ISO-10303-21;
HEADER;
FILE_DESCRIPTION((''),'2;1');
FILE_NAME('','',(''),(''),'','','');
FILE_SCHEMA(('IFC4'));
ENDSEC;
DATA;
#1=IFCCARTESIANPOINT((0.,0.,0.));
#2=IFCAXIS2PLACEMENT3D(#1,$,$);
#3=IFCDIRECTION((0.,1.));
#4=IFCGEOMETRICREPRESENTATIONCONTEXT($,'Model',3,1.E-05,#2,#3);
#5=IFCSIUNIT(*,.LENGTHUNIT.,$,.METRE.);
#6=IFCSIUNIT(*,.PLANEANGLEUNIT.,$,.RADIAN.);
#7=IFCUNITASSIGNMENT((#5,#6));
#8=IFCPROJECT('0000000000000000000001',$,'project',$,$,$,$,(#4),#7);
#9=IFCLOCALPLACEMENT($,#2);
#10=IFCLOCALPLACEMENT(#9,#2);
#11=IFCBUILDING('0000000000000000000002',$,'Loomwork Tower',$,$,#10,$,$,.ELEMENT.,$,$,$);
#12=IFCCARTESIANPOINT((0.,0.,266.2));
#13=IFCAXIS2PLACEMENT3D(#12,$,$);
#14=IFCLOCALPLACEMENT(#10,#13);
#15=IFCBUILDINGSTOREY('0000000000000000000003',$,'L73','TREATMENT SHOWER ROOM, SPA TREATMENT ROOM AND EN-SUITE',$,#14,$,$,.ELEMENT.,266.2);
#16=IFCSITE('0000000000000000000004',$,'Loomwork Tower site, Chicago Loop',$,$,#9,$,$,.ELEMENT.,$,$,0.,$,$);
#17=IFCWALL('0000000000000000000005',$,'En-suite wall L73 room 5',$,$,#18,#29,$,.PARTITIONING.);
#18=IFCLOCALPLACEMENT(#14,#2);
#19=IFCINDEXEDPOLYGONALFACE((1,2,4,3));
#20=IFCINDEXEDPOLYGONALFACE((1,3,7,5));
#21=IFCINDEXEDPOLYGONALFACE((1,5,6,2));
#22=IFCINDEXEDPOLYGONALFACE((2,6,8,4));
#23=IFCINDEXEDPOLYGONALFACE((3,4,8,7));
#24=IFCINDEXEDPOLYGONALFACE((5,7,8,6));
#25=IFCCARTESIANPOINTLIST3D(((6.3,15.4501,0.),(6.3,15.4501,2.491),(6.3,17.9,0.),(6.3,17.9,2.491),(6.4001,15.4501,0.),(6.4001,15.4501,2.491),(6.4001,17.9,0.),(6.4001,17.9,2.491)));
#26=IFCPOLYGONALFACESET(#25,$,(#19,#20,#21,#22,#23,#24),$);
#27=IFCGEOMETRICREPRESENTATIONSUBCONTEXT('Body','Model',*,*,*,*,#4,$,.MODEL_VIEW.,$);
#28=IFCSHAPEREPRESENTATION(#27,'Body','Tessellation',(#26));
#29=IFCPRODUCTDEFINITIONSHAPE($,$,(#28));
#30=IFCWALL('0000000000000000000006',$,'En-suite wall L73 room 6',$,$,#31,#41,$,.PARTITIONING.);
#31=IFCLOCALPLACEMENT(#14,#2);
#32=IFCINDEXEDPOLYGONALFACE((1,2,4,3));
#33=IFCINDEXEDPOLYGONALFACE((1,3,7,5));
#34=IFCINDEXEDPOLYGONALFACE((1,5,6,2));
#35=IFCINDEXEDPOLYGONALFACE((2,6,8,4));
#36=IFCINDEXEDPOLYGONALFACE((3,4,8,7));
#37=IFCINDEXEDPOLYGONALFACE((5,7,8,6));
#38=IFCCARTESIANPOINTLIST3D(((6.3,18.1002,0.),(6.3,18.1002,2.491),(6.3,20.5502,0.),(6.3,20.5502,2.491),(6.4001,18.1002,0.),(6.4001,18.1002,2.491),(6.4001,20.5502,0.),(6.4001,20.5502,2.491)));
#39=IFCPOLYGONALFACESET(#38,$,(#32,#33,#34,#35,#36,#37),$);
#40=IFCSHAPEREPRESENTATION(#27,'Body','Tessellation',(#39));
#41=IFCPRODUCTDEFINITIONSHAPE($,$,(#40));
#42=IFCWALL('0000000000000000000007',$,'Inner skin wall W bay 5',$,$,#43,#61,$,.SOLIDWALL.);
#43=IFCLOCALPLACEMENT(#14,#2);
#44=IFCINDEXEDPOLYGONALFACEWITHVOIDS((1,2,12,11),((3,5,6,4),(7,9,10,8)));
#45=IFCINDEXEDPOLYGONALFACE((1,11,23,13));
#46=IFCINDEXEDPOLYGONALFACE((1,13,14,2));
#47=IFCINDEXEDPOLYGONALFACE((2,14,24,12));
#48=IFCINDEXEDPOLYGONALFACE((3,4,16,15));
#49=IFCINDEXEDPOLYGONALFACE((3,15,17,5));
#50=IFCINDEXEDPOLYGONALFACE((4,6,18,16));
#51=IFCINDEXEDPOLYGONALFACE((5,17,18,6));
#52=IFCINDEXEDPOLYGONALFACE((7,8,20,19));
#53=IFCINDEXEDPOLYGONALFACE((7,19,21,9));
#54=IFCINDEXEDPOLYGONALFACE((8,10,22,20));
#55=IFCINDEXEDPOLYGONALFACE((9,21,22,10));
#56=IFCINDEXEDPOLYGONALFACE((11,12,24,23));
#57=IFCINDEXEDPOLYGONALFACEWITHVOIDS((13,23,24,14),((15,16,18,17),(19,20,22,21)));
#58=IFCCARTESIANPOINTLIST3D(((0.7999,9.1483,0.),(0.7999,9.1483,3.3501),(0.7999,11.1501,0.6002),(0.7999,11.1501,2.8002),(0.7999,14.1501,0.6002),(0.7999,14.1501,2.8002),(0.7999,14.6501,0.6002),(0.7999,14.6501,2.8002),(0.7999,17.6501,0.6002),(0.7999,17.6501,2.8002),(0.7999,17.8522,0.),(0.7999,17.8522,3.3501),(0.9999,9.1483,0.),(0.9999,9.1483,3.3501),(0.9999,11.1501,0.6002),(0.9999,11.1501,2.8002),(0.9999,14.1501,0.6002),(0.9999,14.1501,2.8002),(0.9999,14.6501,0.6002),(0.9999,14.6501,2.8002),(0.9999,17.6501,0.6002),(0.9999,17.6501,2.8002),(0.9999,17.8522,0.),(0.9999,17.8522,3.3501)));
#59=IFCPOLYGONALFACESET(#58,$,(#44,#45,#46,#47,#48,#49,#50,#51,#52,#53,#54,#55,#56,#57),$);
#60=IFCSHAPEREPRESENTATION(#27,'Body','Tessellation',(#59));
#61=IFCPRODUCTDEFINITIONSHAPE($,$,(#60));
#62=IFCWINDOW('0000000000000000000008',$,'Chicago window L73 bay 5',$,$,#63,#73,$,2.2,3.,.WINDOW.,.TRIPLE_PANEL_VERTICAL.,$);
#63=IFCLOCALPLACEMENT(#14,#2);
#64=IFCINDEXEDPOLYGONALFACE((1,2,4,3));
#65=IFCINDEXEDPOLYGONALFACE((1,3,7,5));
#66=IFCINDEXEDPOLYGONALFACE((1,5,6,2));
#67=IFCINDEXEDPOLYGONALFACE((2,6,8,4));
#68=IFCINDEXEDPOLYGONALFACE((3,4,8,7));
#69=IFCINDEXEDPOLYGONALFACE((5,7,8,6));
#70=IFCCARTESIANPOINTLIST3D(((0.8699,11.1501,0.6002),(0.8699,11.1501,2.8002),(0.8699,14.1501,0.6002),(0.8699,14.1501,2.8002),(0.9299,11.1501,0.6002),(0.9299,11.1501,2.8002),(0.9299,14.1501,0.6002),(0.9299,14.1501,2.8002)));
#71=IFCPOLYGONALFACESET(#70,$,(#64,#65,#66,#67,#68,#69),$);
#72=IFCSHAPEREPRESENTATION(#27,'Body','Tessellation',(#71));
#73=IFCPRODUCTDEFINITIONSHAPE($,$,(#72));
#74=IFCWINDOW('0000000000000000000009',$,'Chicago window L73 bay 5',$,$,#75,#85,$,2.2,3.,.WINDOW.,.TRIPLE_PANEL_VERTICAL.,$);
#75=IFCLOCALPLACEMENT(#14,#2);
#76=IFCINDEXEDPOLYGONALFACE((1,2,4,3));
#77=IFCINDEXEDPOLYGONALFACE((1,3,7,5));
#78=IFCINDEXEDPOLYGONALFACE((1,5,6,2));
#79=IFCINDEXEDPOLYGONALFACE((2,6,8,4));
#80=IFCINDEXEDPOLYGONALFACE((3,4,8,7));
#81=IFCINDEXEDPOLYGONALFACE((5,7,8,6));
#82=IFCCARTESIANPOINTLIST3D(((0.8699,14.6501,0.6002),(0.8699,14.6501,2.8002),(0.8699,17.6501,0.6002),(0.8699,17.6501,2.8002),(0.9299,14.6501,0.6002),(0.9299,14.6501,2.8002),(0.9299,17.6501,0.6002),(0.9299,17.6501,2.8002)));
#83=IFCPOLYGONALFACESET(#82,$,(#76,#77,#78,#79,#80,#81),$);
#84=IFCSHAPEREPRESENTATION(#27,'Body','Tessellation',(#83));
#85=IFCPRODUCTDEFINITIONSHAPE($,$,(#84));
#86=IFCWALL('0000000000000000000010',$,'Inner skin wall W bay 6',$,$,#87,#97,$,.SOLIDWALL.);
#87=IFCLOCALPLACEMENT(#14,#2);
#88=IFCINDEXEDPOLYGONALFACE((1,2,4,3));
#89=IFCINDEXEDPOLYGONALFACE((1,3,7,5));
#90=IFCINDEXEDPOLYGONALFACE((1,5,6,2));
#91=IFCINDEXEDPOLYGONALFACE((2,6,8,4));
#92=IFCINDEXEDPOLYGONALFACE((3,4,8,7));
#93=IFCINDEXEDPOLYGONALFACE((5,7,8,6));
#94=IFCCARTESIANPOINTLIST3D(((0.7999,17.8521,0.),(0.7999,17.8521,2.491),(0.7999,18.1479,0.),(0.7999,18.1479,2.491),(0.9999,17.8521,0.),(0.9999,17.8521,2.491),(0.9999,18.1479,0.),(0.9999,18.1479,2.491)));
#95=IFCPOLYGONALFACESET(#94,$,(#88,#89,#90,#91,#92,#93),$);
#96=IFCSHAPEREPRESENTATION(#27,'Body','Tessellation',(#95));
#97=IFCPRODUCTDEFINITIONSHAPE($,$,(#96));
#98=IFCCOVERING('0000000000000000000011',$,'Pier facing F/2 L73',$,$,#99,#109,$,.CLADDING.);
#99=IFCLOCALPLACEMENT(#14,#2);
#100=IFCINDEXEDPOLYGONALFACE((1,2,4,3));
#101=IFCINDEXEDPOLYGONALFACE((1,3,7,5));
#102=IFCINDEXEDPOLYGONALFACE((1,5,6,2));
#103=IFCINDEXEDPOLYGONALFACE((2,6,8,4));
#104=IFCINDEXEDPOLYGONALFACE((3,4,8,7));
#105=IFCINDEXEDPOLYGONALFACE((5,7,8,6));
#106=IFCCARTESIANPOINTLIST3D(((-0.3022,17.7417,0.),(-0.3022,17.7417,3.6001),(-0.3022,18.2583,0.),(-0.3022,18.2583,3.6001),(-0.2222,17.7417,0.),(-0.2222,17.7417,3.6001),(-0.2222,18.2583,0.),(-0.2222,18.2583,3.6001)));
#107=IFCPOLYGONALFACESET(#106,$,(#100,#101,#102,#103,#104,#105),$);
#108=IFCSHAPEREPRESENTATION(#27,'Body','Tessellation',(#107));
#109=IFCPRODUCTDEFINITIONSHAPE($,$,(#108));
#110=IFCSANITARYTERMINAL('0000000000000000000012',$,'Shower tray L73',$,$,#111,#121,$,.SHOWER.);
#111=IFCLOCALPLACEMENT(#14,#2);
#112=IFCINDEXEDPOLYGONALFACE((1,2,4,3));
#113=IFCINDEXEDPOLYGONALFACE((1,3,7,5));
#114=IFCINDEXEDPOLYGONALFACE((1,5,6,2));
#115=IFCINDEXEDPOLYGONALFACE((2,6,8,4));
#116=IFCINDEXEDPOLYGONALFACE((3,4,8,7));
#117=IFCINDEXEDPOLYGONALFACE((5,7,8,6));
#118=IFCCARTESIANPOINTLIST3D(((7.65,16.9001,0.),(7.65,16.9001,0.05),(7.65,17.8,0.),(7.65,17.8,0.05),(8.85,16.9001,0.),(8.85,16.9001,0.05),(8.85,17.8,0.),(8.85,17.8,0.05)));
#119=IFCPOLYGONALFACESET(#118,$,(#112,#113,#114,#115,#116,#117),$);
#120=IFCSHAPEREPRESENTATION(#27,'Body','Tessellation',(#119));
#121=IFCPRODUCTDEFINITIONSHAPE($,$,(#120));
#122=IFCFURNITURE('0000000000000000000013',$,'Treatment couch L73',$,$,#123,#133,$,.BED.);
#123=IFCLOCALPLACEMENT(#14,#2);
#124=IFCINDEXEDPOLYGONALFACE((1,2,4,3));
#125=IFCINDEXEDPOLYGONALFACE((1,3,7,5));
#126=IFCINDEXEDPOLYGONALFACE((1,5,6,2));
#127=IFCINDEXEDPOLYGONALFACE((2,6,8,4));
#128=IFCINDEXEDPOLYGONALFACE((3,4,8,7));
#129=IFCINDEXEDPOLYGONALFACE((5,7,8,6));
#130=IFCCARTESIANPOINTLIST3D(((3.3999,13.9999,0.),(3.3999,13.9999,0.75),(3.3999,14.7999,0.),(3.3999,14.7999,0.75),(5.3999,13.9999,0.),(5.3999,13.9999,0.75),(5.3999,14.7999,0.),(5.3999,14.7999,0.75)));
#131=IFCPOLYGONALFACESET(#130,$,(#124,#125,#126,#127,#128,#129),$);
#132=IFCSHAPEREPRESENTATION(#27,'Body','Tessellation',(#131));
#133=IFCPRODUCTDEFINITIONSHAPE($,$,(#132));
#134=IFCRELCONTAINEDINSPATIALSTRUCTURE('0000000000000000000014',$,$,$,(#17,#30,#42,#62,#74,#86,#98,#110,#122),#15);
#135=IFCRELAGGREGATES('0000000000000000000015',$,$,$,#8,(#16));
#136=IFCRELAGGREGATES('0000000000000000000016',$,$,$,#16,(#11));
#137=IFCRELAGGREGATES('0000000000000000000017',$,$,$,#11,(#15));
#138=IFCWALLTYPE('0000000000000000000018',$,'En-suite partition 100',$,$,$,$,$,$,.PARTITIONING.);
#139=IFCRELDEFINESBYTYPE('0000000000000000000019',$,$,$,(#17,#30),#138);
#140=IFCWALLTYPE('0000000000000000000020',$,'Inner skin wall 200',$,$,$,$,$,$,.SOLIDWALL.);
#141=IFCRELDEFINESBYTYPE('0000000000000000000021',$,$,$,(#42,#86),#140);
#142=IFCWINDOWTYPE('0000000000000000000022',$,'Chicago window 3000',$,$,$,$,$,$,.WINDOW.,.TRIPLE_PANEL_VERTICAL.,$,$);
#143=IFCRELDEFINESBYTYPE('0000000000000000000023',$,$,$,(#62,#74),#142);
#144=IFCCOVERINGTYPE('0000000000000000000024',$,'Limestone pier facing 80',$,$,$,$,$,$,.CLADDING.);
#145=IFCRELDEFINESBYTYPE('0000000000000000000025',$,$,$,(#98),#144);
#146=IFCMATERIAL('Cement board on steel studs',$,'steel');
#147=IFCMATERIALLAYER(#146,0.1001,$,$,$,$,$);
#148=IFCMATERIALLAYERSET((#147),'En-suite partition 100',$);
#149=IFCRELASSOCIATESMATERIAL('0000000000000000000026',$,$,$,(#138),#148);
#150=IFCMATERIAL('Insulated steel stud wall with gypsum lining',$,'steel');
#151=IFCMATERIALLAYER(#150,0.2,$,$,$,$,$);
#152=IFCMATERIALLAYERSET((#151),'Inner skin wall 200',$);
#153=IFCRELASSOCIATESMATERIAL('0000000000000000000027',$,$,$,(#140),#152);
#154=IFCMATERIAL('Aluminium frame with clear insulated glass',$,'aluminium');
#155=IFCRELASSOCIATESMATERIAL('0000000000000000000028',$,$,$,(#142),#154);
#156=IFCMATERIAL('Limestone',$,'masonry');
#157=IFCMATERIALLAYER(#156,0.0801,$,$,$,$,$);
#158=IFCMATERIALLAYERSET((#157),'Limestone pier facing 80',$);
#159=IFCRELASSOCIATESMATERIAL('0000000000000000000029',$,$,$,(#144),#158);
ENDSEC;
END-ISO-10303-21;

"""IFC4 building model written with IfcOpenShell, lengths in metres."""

from ifc_helpers import new_model, si_unit, direction, frame, frame_2d, origin, origin_2d, place, context, subcontext, project, spatial, rectangle, extrude, material, layer, layer_set, type_object, element, fill, save


model = new_model("IFC4")

# Units and contexts
model_context = context("Model", 3, precision=1e-05, world=origin(), true_north=direction((0.0, 1.0)))
body_context = subcontext(model_context, "Body", "Model", "MODEL_VIEW")
ifc_project = project(units=[si_unit("LENGTHUNIT", "METRE"), si_unit("PLANEANGLEUNIT", "RADIAN")], contexts=[model_context])

# Site, building, storey
site_placement = place(None, origin())
site = spatial("IfcSite", under=ifc_project, at=site_placement, Name="Loomwork Tower site, Chicago Loop", CompositionType="ELEMENT", RefElevation=0.0)
building_placement = place(site_placement, origin())
building = spatial("IfcBuilding", under=site, at=building_placement, Name="Loomwork Tower", CompositionType="ELEMENT")
storey_placement = place(building_placement, frame((0.0, 0.0, 266.2)))
storey = spatial("IfcBuildingStorey", under=building, at=storey_placement, Name="L73", Description="TREATMENT SHOWER ROOM, SPA TREATMENT ROOM AND EN-SUITE", CompositionType="ELEMENT", Elevation=266.2)

# Walls
ifc_material_1 = material(Name="Cement board on steel studs", Category="steel")
ifc_layer_1 = layer(ifc_material_1, 0.1001)
ifc_layer_set_1 = layer_set([ifc_layer_1], Name="En-suite partition 100")
wall_type_1 = type_object("IfcWallType", Name="En-suite partition 100", PredefinedType="PARTITIONING", material=ifc_layer_set_1)
for number, where, z_axis, x_axis, name in (
    (1, (6.3501, 15.45, 0.0), (0.0, 0.0, 1.0), (0.0, 1.0, 0.0), "En-suite wall L73 room 5"),
    (2, (6.3501, 18.1001, 0.0), (0.0, 0.0, 1.0), (0.0, 1.0, 0.0), "En-suite wall L73 room 6"),
):
    element("IfcWall", number, at=place(storey_placement, frame(where, z_axis=z_axis, x_axis=x_axis)), inside=storey, type_object=wall_type_1, Name=name, PredefinedType="PARTITIONING", context=body_context, shape_type="SweptSolid", body=[
        extrude(rectangle(XDim=2.45, YDim=0.1001, at=frame_2d((1.2251, 0.0))), origin(), (0.0, 0.0, 1.0), 2.491),
    ])

# Wall, openings, windows
ifc_material_2 = material(Name="Insulated steel stud wall with gypsum lining", Category="steel")
ifc_layer_2 = layer(ifc_material_2, 0.2)
ifc_layer_set_2 = layer_set([ifc_layer_2], Name="Inner skin wall 200")
wall_type_2 = type_object("IfcWallType", Name="Inner skin wall 200", PredefinedType="SOLIDWALL", material=ifc_layer_set_2)
wall_1_placement = place(storey_placement, frame((0.8999, 9.1482, 0.0), z_axis=(0.0, 0.0, 1.0), x_axis=(0.0, 1.0, 0.0)))
wall_1 = element("IfcWall", 3, at=wall_1_placement, inside=storey, type_object=wall_type_2, Name="Inner skin wall W bay 5", PredefinedType="SOLIDWALL", context=body_context, shape_type="SweptSolid", body=[
    extrude(rectangle(XDim=8.7039, YDim=0.2, at=frame_2d((4.3521, 0.0))), origin(), (0.0, 0.0, 1.0), 3.3501),
])
opening_1_placement = place(wall_1_placement, frame((2.002, 0.0, 0.6001)))
opening_1 = element("IfcOpeningElement", 4, at=opening_1_placement, cuts=wall_1, PredefinedType="OPENING", context=body_context, shape_type="SweptSolid", body=[
    extrude(rectangle(XDim=3.0, YDim=2.2, at=frame_2d((1.5, 1.1001))), frame((0.0, 0.1099, 0.0), z_axis=(0.0, -1.0, 0.0), x_axis=(1.0, 0.0, 0.0)), (0.0, 0.0, 1.0), 0.22),
])
opening_2_placement = place(wall_1_placement, frame((5.502, 0.0, 0.6001)))
opening_2 = element("IfcOpeningElement", 5, at=opening_2_placement, cuts=wall_1, PredefinedType="OPENING", context=body_context, shape_type="SweptSolid", body=[
    extrude(rectangle(XDim=3.0, YDim=2.2, at=frame_2d((1.5, 1.1001))), frame((0.0, 0.1099, 0.0), z_axis=(0.0, -1.0, 0.0), x_axis=(1.0, 0.0, 0.0)), (0.0, 0.0, 1.0), 0.22),
])
ifc_material_3 = material(Name="Aluminium frame with clear insulated glass", Category="aluminium")
window_type = type_object("IfcWindowType", Name="Chicago window 3000", PartitioningType="TRIPLE_PANEL_VERTICAL", PredefinedType="WINDOW", material=ifc_material_3)
window_1_placement = place(opening_1_placement, origin())
window_1 = element("IfcWindow", 6, at=window_1_placement, inside=storey, type_object=window_type, Name="Chicago window L73 bay 5", OverallHeight=2.2, OverallWidth=3.0, PartitioningType="TRIPLE_PANEL_VERTICAL", PredefinedType="WINDOW", context=body_context, shape_type="SweptSolid", body=[
    extrude(rectangle(XDim=3.0, YDim=2.2, at=frame_2d((1.5, 1.1001))), frame((0.0, 0.03, 0.0), z_axis=(0.0, -1.0, 0.0), x_axis=(1.0, 0.0, 0.0)), (0.0, 0.0, 1.0), 0.0601),
])
fill(opening_1, window_1)
window_2_placement = place(opening_2_placement, origin())
window_2 = element("IfcWindow", 7, at=window_2_placement, inside=storey, type_object=window_type, Name="Chicago window L73 bay 5", OverallHeight=2.2, OverallWidth=3.0, PartitioningType="TRIPLE_PANEL_VERTICAL", PredefinedType="WINDOW", context=body_context, shape_type="SweptSolid", body=[
    extrude(rectangle(XDim=3.0, YDim=2.2, at=frame_2d((1.5, 1.1001))), frame((0.0, 0.03, 0.0), z_axis=(0.0, -1.0, 0.0), x_axis=(1.0, 0.0, 0.0)), (0.0, 0.0, 1.0), 0.0601),
])
fill(opening_2, window_2)

# Wall
wall_2_placement = place(storey_placement, frame((0.8999, 17.8521, 0.0), z_axis=(0.0, 0.0, 1.0), x_axis=(0.0, 1.0, 0.0)))
element("IfcWall", 8, at=wall_2_placement, inside=storey, type_object=wall_type_2, Name="Inner skin wall W bay 6", PredefinedType="SOLIDWALL", context=body_context, shape_type="SweptSolid", body=[
    extrude(rectangle(XDim=0.2959, YDim=0.2, at=frame_2d((0.1479, 0.0))), origin(), (0.0, 0.0, 1.0), 2.491),
])

# Covering
ifc_material_4 = material(Name="Limestone", Category="masonry")
ifc_layer_3 = layer(ifc_material_4, 0.0801)
ifc_layer_set_3 = layer_set([ifc_layer_3], Name="Limestone pier facing 80")
covering_type = type_object("IfcCoveringType", Name="Limestone pier facing 80", PredefinedType="CLADDING", material=ifc_layer_set_3)
covering_placement = place(storey_placement, frame((-0.2622, 18.0, 0.0), z_axis=(0.0, 0.0, 1.0), x_axis=(1.0, 0.0, 0.0)))
element("IfcCovering", 9, at=covering_placement, inside=storey, type_object=covering_type, Name="Pier facing F/2 L73", PredefinedType="CLADDING", context=body_context, shape_type="SweptSolid", body=[
    extrude(rectangle(XDim=0.0801, YDim=0.5166, at=origin_2d()), origin(), (0.0, 0.0, 1.0), 3.6001),
])

# Sanitary terminal
sanitary_terminal_placement = place(storey_placement, frame((8.25, 17.3501, 0.0), z_axis=(0.0, 0.0, 1.0), x_axis=(1.0, 0.0, 0.0)))
element("IfcSanitaryTerminal", 10, at=sanitary_terminal_placement, inside=storey, Name="Shower tray L73", PredefinedType="SHOWER", context=body_context, shape_type="SweptSolid", body=[
    extrude(rectangle(XDim=1.2, YDim=0.8999, at=origin_2d()), origin(), (0.0, 0.0, 1.0), 0.05),
])

# Furniture
furniture_placement = place(storey_placement, frame((4.3999, 14.3999, 0.0), z_axis=(0.0, 0.0, 1.0), x_axis=(1.0, 0.0, 0.0)))
element("IfcFurniture", 11, at=furniture_placement, inside=storey, Name="Treatment couch L73", PredefinedType="BED", context=body_context, shape_type="SweptSolid", body=[
    extrude(rectangle(XDim=2.0, YDim=0.8, at=origin_2d()), origin(), (0.0, 0.0, 1.0), 0.75),
])

save(model, "model.ifc")
